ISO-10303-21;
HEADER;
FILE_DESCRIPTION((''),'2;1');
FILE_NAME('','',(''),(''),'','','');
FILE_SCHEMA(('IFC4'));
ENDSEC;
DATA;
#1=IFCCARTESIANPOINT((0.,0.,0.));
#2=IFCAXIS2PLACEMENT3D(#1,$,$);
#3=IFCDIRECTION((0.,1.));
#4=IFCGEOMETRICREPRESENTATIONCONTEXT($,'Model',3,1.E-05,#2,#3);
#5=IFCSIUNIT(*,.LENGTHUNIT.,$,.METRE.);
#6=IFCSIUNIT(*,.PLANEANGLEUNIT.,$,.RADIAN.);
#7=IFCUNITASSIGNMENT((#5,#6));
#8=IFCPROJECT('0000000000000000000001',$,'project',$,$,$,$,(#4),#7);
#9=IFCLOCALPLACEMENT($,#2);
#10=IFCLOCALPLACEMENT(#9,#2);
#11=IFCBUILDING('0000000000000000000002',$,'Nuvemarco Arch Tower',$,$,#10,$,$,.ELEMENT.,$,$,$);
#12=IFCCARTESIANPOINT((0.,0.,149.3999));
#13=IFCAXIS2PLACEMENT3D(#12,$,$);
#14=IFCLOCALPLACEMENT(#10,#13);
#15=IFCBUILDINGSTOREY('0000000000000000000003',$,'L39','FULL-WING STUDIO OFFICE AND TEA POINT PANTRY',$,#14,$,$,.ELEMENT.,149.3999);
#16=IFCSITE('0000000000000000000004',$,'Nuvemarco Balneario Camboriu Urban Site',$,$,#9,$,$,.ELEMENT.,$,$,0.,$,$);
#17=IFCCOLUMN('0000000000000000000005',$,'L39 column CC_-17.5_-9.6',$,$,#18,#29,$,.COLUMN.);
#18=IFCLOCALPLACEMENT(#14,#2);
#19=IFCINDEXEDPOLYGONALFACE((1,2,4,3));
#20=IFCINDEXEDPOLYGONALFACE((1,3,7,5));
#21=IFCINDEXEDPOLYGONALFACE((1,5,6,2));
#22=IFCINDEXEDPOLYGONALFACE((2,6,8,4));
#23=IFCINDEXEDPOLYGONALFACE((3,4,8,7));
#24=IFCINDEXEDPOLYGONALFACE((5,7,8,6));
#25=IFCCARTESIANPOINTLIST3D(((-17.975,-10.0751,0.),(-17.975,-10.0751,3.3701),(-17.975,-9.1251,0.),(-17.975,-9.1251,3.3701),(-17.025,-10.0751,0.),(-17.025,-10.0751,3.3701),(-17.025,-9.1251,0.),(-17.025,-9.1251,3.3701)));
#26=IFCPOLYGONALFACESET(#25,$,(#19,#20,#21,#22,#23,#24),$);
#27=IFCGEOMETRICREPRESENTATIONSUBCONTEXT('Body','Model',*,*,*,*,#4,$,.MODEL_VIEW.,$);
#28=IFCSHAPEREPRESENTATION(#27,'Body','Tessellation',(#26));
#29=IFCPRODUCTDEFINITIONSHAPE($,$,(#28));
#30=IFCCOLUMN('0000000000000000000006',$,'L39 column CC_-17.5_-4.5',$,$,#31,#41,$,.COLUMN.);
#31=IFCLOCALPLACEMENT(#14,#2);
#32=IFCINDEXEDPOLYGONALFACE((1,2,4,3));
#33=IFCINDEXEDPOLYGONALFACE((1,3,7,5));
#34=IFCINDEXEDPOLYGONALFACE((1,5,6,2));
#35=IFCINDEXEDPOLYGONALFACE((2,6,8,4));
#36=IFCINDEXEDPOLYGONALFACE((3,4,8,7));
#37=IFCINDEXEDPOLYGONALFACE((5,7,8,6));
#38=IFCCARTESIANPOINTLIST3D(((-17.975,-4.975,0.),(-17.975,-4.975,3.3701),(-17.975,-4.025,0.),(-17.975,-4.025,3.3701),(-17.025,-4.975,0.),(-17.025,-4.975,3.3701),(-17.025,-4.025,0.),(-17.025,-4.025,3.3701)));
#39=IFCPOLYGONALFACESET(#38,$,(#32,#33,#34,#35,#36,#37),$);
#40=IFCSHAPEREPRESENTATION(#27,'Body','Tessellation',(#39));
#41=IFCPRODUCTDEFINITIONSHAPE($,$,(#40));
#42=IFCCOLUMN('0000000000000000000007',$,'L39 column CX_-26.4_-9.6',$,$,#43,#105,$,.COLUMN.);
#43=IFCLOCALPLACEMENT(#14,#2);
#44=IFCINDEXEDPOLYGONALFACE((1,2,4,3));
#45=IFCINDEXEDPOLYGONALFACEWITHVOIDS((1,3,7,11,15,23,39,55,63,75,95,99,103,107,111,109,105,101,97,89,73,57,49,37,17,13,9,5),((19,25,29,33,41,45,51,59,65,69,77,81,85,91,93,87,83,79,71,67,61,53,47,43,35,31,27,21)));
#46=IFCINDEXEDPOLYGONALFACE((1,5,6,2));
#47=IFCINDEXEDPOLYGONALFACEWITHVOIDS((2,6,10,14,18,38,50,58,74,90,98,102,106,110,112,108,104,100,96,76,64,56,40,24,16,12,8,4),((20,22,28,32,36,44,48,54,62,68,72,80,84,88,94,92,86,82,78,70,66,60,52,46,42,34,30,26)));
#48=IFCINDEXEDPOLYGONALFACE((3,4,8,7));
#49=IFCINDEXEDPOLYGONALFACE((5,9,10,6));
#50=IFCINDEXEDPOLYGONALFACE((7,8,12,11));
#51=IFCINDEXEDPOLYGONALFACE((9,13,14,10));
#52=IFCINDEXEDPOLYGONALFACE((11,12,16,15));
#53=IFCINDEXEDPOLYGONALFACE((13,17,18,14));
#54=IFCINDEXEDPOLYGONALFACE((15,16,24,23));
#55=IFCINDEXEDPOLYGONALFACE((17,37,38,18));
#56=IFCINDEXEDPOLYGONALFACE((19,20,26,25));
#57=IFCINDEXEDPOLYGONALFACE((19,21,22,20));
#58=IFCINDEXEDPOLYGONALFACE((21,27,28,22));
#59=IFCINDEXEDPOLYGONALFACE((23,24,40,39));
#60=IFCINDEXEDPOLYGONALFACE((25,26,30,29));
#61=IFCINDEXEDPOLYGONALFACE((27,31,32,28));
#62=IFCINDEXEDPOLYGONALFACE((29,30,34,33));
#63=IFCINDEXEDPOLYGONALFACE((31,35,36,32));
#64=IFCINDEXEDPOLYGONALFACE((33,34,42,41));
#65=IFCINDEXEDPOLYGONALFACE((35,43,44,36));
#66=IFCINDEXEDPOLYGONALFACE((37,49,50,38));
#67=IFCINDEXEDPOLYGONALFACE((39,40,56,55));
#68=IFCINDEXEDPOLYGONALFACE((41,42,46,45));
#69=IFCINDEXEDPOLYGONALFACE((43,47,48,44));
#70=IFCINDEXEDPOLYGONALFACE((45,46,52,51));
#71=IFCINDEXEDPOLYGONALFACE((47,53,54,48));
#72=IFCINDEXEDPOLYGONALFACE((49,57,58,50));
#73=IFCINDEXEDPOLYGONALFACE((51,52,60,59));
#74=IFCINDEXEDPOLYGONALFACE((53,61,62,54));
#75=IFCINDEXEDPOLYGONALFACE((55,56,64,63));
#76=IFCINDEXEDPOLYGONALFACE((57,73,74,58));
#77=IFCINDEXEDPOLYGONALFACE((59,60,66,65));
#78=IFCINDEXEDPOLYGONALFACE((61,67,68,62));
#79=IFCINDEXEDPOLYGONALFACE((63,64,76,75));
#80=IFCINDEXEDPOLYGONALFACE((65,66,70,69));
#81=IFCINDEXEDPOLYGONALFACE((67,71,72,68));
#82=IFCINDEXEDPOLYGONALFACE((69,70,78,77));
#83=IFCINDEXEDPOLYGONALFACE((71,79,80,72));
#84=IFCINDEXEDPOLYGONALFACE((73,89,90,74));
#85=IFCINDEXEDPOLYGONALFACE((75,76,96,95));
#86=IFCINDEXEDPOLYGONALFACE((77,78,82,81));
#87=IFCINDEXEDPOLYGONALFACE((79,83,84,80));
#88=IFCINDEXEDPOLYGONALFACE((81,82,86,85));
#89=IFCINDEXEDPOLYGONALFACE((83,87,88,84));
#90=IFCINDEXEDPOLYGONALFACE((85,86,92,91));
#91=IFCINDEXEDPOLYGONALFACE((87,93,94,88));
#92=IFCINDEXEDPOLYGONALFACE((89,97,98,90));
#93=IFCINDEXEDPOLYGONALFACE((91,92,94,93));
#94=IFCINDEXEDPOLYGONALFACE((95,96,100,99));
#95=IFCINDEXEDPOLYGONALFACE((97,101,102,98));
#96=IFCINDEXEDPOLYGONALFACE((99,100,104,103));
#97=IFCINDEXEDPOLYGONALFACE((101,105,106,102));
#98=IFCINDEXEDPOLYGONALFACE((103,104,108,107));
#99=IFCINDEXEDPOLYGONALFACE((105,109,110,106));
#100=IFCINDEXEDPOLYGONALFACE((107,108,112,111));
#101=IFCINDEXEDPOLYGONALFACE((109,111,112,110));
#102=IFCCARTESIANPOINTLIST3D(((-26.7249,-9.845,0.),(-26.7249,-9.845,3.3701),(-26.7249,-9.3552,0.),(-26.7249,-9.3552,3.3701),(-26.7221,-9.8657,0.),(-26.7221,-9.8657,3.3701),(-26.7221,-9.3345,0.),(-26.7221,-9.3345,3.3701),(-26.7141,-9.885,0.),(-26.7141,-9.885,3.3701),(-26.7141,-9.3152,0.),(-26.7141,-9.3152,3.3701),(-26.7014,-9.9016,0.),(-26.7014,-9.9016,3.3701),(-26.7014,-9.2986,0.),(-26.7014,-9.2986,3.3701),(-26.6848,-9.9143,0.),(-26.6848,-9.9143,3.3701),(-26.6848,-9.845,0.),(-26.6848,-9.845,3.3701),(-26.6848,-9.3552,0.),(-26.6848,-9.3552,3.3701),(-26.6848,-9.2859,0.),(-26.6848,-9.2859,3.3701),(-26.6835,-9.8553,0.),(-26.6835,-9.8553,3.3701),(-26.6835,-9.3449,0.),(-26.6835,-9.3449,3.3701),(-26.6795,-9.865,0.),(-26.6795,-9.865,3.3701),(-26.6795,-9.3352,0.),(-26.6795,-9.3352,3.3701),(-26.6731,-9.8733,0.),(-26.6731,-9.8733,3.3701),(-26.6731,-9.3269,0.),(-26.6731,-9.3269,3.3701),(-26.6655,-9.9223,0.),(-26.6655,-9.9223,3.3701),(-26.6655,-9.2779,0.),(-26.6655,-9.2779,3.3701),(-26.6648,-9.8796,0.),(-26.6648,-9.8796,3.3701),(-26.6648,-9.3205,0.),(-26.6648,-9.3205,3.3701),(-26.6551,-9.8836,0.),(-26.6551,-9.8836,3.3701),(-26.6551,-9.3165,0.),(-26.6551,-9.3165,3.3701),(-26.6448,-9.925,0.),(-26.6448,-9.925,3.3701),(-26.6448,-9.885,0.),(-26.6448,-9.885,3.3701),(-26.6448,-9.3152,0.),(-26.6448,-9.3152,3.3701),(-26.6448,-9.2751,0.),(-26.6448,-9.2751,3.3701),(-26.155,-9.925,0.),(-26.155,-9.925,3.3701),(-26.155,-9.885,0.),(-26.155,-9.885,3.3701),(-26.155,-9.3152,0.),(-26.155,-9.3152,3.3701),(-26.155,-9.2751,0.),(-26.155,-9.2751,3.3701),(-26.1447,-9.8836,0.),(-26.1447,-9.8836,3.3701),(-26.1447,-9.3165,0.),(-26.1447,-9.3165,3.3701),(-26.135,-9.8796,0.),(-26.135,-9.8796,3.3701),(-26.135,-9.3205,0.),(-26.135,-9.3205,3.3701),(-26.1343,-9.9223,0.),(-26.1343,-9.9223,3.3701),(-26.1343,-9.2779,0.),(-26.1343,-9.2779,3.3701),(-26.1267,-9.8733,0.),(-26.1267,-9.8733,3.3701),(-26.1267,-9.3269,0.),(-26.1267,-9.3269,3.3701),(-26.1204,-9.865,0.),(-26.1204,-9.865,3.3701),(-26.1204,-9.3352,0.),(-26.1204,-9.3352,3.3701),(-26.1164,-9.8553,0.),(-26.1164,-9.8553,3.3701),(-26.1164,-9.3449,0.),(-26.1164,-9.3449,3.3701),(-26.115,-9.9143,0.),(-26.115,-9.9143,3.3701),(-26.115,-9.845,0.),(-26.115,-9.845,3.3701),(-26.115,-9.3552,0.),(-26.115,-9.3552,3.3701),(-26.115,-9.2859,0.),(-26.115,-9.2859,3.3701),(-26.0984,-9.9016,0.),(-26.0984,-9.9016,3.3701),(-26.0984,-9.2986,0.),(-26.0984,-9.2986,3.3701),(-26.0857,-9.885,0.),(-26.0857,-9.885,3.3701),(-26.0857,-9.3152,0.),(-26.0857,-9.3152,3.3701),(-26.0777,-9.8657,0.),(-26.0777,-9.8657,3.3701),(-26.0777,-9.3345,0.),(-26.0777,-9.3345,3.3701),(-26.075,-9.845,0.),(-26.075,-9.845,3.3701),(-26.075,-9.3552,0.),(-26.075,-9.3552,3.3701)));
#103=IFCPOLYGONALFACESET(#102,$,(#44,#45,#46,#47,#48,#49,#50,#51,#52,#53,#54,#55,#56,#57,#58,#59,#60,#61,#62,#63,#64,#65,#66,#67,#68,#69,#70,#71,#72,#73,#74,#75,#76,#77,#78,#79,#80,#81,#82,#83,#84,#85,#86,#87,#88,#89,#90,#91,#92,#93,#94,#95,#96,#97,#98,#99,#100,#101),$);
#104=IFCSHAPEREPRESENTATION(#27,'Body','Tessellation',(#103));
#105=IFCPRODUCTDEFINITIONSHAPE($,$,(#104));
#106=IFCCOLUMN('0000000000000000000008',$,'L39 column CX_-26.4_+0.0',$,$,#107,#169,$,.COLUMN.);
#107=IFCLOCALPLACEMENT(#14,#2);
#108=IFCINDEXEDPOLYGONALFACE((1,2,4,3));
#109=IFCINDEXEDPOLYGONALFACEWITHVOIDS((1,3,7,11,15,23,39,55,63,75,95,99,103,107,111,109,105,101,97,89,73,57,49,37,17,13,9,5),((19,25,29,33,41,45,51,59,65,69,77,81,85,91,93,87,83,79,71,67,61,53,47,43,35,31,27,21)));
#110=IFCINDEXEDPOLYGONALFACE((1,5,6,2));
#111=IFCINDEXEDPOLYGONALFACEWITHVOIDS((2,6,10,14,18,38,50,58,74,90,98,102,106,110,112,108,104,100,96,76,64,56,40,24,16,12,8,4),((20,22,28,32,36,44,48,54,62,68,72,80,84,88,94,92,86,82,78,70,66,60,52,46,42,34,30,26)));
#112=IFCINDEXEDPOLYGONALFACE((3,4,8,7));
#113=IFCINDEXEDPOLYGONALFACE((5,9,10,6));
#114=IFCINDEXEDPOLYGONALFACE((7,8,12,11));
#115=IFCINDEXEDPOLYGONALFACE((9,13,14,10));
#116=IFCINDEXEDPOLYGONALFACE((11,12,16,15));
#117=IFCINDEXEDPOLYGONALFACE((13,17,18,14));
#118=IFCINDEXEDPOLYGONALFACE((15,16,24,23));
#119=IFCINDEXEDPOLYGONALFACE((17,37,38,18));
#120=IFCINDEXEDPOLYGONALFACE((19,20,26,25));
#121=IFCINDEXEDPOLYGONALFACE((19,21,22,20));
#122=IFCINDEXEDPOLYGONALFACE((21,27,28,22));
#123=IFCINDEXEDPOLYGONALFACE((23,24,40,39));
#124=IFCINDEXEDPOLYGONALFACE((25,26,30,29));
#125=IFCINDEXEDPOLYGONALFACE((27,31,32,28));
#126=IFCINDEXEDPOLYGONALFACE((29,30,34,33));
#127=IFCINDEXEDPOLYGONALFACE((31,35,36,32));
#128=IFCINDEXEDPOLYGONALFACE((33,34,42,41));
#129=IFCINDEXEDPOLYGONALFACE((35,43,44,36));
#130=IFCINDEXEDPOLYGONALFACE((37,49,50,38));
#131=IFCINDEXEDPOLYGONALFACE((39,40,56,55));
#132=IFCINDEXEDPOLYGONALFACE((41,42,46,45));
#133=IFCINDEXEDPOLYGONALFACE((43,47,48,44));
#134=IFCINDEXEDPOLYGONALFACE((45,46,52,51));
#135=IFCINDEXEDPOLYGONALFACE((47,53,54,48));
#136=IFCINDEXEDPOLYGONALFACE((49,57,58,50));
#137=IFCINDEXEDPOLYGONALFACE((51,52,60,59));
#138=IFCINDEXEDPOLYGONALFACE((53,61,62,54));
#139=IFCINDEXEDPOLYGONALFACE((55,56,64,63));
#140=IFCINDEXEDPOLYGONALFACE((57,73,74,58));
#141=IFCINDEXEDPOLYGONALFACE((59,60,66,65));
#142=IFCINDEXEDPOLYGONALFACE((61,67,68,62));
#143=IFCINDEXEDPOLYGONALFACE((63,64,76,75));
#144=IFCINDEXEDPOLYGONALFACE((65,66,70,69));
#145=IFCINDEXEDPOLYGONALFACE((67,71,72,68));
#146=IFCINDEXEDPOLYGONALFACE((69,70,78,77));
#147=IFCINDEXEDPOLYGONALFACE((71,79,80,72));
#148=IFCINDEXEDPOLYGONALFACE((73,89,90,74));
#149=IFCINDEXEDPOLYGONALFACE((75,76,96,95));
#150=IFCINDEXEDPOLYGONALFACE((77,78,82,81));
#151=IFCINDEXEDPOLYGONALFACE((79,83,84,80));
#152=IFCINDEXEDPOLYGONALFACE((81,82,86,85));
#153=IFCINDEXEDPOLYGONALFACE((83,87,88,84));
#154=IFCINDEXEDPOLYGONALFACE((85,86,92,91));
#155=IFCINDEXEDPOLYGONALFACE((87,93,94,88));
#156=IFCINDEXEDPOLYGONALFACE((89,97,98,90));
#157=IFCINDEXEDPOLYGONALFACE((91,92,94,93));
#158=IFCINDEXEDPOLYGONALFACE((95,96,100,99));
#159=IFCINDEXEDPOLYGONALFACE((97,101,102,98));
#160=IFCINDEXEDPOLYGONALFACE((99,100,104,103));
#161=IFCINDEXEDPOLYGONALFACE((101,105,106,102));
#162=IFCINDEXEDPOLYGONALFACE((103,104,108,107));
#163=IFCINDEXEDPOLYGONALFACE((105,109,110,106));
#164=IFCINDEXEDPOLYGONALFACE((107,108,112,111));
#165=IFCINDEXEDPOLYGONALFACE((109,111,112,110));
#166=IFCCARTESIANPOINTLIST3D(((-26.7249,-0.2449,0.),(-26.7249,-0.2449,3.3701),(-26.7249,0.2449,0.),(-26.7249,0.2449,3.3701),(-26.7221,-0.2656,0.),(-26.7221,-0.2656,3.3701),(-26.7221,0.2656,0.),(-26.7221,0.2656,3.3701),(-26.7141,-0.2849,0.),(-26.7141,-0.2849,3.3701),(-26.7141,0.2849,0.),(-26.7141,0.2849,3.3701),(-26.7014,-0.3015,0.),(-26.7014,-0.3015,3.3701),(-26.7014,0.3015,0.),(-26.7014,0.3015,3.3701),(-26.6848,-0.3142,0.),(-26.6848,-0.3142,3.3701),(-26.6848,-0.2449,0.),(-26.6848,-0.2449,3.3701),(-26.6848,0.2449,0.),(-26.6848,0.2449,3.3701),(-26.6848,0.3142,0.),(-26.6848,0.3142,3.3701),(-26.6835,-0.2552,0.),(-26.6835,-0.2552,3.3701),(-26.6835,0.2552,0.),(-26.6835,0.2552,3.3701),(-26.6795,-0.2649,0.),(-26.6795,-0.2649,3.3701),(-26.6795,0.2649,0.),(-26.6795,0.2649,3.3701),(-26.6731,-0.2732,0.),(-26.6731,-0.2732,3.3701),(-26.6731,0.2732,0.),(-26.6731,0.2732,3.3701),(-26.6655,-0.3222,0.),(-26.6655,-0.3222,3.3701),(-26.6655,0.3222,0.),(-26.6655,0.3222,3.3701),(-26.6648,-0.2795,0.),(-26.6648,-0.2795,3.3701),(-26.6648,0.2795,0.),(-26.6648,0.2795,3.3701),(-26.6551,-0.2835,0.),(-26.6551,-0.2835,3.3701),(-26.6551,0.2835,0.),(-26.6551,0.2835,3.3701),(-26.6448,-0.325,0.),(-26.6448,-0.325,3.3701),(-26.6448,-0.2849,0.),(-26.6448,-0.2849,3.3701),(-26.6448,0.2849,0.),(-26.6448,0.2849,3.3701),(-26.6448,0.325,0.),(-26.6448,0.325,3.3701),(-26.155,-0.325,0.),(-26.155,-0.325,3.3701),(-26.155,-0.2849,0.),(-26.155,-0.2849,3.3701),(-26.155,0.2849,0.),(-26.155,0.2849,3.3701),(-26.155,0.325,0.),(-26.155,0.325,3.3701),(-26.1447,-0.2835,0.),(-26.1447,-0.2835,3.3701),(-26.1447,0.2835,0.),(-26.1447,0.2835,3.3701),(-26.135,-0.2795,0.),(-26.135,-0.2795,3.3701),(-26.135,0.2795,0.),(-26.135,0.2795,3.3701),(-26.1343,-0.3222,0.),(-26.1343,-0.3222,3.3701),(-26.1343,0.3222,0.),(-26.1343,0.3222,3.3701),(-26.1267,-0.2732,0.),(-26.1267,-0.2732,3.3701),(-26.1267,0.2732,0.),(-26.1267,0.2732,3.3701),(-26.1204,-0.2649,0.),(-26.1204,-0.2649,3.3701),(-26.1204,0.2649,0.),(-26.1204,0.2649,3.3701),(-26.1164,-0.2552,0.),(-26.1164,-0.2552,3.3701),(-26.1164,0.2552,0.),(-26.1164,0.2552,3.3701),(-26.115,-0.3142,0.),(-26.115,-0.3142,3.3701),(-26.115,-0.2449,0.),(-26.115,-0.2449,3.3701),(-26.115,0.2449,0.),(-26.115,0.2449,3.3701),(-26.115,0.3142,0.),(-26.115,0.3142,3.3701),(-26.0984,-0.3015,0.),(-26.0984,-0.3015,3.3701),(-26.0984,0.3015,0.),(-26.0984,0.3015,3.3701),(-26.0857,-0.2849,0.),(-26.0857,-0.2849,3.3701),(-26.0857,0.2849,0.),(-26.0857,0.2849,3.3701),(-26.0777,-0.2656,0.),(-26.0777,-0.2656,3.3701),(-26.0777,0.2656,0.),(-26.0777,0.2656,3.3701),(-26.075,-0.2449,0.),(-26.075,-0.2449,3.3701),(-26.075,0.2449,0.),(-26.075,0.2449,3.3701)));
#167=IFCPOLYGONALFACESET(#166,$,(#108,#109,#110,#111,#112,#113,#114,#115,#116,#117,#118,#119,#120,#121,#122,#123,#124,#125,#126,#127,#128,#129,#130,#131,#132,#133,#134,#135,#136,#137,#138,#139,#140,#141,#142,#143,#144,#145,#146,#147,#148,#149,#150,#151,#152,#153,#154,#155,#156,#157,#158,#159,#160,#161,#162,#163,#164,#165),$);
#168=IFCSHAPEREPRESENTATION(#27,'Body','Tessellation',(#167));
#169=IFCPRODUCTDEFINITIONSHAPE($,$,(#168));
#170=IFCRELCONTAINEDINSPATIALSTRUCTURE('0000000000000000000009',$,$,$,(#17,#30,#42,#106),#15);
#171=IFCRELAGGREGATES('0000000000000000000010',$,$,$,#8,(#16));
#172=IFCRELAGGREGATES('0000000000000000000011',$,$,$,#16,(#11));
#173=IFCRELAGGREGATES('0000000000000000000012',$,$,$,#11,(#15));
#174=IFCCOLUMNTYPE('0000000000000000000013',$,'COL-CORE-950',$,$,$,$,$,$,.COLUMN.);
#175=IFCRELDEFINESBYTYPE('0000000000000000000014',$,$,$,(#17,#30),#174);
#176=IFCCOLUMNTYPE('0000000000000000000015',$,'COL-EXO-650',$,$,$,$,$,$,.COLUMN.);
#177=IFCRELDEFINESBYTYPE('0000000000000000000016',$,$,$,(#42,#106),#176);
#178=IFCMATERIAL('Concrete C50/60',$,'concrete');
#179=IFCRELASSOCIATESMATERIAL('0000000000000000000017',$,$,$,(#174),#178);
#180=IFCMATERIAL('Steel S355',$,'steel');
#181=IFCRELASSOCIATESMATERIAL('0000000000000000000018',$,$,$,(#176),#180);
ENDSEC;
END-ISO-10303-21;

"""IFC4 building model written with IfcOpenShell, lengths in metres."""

from ifc_helpers import new_model, si_unit, direction, frame, origin, origin_2d, place, context, subcontext, project, spatial, rectangle, hollow_rectangle, extrude, material, material_profile, profile_set, type_object, element, save


model = new_model("IFC4")

# Units and contexts
model_context = context("Model", 3, precision=1e-05, world=origin(), true_north=direction((0.0, 1.0)))
body_context = subcontext(model_context, "Body", "Model", "MODEL_VIEW")
ifc_project = project(units=[si_unit("LENGTHUNIT", "METRE"), si_unit("PLANEANGLEUNIT", "RADIAN")], contexts=[model_context])

# Site, building, storey
site_placement = place(None, origin())
site = spatial("IfcSite", under=ifc_project, at=site_placement, Name="Nuvemarco Balneario Camboriu Urban Site", CompositionType="ELEMENT", RefElevation=0.0)
building_placement = place(site_placement, origin())
building = spatial("IfcBuilding", under=site, at=building_placement, Name="Nuvemarco Arch Tower", CompositionType="ELEMENT")
storey_placement = place(building_placement, frame((0.0, 0.0, 149.3999)))
storey = spatial("IfcBuildingStorey", under=building, at=storey_placement, Name="L39", Description="FULL-WING STUDIO OFFICE AND TEA POINT PANTRY", CompositionType="ELEMENT", Elevation=149.3999)

# Columns
ifc_material_1 = material(Name="Concrete C50/60", Category="concrete")
ifc_material_profile_1 = material_profile(ifc_material_1, rectangle(XDim=0.95, YDim=0.95, at=origin_2d()), Name="RC-COL-950x950")
ifc_profile_set_1 = profile_set([ifc_material_profile_1], Name="Concrete C50/60")
column_type_1 = type_object("IfcColumnType", Name="COL-CORE-950", PredefinedType="COLUMN", material=ifc_profile_set_1)
for number, where, z_axis, x_axis, name in (
    (1, (-17.5, -9.6001, 0.0), (0.0, 0.0, 1.0), (1.0, 0.0, 0.0), "L39 column CC_-17.5_-9.6"),
    (2, (-17.5, -4.5, 0.0), (0.0, 0.0, 1.0), (1.0, 0.0, 0.0), "L39 column CC_-17.5_-4.5"),
):
    element("IfcColumn", number, at=place(storey_placement, frame(where, z_axis=z_axis, x_axis=x_axis)), inside=storey, type_object=column_type_1, Name=name, PredefinedType="COLUMN", context=body_context, shape_type="SweptSolid", body=[
        extrude(rectangle(XDim=0.95, YDim=0.95, at=origin_2d()), origin(), (0.0, 0.0, 1.0), 3.3701),
    ])
ifc_material_2 = material(Name="Steel S355", Category="steel")
ifc_material_profile_2 = material_profile(ifc_material_2, hollow_rectangle(XDim=0.6499, YDim=0.6499, WallThickness=0.04, InnerFilletRadius=0.04, OuterFilletRadius=0.0801, at=origin_2d()), Name="SHS650x650x40")
ifc_profile_set_2 = profile_set([ifc_material_profile_2], Name="Steel S355")
column_type_2 = type_object("IfcColumnType", Name="COL-EXO-650", PredefinedType="COLUMN", material=ifc_profile_set_2)
for number, where, z_axis, x_axis, name in (
    (3, (-26.3999, -9.6001, 0.0), (0.0, 0.0, 1.0), (1.0, 0.0, 0.0), "L39 column CX_-26.4_-9.6"),
    (4, (-26.3999, 0.0, 0.0), (0.0, 0.0, 1.0), (1.0, 0.0, 0.0), "L39 column CX_-26.4_+0.0"),
):
    element("IfcColumn", number, at=place(storey_placement, frame(where, z_axis=z_axis, x_axis=x_axis)), inside=storey, type_object=column_type_2, Name=name, PredefinedType="COLUMN", context=body_context, shape_type="SweptSolid", body=[
        extrude(hollow_rectangle(XDim=0.6499, YDim=0.6499, WallThickness=0.04, InnerFilletRadius=0.04, OuterFilletRadius=0.0801, at=origin_2d()), origin(), (0.0, 0.0, 1.0), 3.3701),
    ])

save(model, "model.ifc")
